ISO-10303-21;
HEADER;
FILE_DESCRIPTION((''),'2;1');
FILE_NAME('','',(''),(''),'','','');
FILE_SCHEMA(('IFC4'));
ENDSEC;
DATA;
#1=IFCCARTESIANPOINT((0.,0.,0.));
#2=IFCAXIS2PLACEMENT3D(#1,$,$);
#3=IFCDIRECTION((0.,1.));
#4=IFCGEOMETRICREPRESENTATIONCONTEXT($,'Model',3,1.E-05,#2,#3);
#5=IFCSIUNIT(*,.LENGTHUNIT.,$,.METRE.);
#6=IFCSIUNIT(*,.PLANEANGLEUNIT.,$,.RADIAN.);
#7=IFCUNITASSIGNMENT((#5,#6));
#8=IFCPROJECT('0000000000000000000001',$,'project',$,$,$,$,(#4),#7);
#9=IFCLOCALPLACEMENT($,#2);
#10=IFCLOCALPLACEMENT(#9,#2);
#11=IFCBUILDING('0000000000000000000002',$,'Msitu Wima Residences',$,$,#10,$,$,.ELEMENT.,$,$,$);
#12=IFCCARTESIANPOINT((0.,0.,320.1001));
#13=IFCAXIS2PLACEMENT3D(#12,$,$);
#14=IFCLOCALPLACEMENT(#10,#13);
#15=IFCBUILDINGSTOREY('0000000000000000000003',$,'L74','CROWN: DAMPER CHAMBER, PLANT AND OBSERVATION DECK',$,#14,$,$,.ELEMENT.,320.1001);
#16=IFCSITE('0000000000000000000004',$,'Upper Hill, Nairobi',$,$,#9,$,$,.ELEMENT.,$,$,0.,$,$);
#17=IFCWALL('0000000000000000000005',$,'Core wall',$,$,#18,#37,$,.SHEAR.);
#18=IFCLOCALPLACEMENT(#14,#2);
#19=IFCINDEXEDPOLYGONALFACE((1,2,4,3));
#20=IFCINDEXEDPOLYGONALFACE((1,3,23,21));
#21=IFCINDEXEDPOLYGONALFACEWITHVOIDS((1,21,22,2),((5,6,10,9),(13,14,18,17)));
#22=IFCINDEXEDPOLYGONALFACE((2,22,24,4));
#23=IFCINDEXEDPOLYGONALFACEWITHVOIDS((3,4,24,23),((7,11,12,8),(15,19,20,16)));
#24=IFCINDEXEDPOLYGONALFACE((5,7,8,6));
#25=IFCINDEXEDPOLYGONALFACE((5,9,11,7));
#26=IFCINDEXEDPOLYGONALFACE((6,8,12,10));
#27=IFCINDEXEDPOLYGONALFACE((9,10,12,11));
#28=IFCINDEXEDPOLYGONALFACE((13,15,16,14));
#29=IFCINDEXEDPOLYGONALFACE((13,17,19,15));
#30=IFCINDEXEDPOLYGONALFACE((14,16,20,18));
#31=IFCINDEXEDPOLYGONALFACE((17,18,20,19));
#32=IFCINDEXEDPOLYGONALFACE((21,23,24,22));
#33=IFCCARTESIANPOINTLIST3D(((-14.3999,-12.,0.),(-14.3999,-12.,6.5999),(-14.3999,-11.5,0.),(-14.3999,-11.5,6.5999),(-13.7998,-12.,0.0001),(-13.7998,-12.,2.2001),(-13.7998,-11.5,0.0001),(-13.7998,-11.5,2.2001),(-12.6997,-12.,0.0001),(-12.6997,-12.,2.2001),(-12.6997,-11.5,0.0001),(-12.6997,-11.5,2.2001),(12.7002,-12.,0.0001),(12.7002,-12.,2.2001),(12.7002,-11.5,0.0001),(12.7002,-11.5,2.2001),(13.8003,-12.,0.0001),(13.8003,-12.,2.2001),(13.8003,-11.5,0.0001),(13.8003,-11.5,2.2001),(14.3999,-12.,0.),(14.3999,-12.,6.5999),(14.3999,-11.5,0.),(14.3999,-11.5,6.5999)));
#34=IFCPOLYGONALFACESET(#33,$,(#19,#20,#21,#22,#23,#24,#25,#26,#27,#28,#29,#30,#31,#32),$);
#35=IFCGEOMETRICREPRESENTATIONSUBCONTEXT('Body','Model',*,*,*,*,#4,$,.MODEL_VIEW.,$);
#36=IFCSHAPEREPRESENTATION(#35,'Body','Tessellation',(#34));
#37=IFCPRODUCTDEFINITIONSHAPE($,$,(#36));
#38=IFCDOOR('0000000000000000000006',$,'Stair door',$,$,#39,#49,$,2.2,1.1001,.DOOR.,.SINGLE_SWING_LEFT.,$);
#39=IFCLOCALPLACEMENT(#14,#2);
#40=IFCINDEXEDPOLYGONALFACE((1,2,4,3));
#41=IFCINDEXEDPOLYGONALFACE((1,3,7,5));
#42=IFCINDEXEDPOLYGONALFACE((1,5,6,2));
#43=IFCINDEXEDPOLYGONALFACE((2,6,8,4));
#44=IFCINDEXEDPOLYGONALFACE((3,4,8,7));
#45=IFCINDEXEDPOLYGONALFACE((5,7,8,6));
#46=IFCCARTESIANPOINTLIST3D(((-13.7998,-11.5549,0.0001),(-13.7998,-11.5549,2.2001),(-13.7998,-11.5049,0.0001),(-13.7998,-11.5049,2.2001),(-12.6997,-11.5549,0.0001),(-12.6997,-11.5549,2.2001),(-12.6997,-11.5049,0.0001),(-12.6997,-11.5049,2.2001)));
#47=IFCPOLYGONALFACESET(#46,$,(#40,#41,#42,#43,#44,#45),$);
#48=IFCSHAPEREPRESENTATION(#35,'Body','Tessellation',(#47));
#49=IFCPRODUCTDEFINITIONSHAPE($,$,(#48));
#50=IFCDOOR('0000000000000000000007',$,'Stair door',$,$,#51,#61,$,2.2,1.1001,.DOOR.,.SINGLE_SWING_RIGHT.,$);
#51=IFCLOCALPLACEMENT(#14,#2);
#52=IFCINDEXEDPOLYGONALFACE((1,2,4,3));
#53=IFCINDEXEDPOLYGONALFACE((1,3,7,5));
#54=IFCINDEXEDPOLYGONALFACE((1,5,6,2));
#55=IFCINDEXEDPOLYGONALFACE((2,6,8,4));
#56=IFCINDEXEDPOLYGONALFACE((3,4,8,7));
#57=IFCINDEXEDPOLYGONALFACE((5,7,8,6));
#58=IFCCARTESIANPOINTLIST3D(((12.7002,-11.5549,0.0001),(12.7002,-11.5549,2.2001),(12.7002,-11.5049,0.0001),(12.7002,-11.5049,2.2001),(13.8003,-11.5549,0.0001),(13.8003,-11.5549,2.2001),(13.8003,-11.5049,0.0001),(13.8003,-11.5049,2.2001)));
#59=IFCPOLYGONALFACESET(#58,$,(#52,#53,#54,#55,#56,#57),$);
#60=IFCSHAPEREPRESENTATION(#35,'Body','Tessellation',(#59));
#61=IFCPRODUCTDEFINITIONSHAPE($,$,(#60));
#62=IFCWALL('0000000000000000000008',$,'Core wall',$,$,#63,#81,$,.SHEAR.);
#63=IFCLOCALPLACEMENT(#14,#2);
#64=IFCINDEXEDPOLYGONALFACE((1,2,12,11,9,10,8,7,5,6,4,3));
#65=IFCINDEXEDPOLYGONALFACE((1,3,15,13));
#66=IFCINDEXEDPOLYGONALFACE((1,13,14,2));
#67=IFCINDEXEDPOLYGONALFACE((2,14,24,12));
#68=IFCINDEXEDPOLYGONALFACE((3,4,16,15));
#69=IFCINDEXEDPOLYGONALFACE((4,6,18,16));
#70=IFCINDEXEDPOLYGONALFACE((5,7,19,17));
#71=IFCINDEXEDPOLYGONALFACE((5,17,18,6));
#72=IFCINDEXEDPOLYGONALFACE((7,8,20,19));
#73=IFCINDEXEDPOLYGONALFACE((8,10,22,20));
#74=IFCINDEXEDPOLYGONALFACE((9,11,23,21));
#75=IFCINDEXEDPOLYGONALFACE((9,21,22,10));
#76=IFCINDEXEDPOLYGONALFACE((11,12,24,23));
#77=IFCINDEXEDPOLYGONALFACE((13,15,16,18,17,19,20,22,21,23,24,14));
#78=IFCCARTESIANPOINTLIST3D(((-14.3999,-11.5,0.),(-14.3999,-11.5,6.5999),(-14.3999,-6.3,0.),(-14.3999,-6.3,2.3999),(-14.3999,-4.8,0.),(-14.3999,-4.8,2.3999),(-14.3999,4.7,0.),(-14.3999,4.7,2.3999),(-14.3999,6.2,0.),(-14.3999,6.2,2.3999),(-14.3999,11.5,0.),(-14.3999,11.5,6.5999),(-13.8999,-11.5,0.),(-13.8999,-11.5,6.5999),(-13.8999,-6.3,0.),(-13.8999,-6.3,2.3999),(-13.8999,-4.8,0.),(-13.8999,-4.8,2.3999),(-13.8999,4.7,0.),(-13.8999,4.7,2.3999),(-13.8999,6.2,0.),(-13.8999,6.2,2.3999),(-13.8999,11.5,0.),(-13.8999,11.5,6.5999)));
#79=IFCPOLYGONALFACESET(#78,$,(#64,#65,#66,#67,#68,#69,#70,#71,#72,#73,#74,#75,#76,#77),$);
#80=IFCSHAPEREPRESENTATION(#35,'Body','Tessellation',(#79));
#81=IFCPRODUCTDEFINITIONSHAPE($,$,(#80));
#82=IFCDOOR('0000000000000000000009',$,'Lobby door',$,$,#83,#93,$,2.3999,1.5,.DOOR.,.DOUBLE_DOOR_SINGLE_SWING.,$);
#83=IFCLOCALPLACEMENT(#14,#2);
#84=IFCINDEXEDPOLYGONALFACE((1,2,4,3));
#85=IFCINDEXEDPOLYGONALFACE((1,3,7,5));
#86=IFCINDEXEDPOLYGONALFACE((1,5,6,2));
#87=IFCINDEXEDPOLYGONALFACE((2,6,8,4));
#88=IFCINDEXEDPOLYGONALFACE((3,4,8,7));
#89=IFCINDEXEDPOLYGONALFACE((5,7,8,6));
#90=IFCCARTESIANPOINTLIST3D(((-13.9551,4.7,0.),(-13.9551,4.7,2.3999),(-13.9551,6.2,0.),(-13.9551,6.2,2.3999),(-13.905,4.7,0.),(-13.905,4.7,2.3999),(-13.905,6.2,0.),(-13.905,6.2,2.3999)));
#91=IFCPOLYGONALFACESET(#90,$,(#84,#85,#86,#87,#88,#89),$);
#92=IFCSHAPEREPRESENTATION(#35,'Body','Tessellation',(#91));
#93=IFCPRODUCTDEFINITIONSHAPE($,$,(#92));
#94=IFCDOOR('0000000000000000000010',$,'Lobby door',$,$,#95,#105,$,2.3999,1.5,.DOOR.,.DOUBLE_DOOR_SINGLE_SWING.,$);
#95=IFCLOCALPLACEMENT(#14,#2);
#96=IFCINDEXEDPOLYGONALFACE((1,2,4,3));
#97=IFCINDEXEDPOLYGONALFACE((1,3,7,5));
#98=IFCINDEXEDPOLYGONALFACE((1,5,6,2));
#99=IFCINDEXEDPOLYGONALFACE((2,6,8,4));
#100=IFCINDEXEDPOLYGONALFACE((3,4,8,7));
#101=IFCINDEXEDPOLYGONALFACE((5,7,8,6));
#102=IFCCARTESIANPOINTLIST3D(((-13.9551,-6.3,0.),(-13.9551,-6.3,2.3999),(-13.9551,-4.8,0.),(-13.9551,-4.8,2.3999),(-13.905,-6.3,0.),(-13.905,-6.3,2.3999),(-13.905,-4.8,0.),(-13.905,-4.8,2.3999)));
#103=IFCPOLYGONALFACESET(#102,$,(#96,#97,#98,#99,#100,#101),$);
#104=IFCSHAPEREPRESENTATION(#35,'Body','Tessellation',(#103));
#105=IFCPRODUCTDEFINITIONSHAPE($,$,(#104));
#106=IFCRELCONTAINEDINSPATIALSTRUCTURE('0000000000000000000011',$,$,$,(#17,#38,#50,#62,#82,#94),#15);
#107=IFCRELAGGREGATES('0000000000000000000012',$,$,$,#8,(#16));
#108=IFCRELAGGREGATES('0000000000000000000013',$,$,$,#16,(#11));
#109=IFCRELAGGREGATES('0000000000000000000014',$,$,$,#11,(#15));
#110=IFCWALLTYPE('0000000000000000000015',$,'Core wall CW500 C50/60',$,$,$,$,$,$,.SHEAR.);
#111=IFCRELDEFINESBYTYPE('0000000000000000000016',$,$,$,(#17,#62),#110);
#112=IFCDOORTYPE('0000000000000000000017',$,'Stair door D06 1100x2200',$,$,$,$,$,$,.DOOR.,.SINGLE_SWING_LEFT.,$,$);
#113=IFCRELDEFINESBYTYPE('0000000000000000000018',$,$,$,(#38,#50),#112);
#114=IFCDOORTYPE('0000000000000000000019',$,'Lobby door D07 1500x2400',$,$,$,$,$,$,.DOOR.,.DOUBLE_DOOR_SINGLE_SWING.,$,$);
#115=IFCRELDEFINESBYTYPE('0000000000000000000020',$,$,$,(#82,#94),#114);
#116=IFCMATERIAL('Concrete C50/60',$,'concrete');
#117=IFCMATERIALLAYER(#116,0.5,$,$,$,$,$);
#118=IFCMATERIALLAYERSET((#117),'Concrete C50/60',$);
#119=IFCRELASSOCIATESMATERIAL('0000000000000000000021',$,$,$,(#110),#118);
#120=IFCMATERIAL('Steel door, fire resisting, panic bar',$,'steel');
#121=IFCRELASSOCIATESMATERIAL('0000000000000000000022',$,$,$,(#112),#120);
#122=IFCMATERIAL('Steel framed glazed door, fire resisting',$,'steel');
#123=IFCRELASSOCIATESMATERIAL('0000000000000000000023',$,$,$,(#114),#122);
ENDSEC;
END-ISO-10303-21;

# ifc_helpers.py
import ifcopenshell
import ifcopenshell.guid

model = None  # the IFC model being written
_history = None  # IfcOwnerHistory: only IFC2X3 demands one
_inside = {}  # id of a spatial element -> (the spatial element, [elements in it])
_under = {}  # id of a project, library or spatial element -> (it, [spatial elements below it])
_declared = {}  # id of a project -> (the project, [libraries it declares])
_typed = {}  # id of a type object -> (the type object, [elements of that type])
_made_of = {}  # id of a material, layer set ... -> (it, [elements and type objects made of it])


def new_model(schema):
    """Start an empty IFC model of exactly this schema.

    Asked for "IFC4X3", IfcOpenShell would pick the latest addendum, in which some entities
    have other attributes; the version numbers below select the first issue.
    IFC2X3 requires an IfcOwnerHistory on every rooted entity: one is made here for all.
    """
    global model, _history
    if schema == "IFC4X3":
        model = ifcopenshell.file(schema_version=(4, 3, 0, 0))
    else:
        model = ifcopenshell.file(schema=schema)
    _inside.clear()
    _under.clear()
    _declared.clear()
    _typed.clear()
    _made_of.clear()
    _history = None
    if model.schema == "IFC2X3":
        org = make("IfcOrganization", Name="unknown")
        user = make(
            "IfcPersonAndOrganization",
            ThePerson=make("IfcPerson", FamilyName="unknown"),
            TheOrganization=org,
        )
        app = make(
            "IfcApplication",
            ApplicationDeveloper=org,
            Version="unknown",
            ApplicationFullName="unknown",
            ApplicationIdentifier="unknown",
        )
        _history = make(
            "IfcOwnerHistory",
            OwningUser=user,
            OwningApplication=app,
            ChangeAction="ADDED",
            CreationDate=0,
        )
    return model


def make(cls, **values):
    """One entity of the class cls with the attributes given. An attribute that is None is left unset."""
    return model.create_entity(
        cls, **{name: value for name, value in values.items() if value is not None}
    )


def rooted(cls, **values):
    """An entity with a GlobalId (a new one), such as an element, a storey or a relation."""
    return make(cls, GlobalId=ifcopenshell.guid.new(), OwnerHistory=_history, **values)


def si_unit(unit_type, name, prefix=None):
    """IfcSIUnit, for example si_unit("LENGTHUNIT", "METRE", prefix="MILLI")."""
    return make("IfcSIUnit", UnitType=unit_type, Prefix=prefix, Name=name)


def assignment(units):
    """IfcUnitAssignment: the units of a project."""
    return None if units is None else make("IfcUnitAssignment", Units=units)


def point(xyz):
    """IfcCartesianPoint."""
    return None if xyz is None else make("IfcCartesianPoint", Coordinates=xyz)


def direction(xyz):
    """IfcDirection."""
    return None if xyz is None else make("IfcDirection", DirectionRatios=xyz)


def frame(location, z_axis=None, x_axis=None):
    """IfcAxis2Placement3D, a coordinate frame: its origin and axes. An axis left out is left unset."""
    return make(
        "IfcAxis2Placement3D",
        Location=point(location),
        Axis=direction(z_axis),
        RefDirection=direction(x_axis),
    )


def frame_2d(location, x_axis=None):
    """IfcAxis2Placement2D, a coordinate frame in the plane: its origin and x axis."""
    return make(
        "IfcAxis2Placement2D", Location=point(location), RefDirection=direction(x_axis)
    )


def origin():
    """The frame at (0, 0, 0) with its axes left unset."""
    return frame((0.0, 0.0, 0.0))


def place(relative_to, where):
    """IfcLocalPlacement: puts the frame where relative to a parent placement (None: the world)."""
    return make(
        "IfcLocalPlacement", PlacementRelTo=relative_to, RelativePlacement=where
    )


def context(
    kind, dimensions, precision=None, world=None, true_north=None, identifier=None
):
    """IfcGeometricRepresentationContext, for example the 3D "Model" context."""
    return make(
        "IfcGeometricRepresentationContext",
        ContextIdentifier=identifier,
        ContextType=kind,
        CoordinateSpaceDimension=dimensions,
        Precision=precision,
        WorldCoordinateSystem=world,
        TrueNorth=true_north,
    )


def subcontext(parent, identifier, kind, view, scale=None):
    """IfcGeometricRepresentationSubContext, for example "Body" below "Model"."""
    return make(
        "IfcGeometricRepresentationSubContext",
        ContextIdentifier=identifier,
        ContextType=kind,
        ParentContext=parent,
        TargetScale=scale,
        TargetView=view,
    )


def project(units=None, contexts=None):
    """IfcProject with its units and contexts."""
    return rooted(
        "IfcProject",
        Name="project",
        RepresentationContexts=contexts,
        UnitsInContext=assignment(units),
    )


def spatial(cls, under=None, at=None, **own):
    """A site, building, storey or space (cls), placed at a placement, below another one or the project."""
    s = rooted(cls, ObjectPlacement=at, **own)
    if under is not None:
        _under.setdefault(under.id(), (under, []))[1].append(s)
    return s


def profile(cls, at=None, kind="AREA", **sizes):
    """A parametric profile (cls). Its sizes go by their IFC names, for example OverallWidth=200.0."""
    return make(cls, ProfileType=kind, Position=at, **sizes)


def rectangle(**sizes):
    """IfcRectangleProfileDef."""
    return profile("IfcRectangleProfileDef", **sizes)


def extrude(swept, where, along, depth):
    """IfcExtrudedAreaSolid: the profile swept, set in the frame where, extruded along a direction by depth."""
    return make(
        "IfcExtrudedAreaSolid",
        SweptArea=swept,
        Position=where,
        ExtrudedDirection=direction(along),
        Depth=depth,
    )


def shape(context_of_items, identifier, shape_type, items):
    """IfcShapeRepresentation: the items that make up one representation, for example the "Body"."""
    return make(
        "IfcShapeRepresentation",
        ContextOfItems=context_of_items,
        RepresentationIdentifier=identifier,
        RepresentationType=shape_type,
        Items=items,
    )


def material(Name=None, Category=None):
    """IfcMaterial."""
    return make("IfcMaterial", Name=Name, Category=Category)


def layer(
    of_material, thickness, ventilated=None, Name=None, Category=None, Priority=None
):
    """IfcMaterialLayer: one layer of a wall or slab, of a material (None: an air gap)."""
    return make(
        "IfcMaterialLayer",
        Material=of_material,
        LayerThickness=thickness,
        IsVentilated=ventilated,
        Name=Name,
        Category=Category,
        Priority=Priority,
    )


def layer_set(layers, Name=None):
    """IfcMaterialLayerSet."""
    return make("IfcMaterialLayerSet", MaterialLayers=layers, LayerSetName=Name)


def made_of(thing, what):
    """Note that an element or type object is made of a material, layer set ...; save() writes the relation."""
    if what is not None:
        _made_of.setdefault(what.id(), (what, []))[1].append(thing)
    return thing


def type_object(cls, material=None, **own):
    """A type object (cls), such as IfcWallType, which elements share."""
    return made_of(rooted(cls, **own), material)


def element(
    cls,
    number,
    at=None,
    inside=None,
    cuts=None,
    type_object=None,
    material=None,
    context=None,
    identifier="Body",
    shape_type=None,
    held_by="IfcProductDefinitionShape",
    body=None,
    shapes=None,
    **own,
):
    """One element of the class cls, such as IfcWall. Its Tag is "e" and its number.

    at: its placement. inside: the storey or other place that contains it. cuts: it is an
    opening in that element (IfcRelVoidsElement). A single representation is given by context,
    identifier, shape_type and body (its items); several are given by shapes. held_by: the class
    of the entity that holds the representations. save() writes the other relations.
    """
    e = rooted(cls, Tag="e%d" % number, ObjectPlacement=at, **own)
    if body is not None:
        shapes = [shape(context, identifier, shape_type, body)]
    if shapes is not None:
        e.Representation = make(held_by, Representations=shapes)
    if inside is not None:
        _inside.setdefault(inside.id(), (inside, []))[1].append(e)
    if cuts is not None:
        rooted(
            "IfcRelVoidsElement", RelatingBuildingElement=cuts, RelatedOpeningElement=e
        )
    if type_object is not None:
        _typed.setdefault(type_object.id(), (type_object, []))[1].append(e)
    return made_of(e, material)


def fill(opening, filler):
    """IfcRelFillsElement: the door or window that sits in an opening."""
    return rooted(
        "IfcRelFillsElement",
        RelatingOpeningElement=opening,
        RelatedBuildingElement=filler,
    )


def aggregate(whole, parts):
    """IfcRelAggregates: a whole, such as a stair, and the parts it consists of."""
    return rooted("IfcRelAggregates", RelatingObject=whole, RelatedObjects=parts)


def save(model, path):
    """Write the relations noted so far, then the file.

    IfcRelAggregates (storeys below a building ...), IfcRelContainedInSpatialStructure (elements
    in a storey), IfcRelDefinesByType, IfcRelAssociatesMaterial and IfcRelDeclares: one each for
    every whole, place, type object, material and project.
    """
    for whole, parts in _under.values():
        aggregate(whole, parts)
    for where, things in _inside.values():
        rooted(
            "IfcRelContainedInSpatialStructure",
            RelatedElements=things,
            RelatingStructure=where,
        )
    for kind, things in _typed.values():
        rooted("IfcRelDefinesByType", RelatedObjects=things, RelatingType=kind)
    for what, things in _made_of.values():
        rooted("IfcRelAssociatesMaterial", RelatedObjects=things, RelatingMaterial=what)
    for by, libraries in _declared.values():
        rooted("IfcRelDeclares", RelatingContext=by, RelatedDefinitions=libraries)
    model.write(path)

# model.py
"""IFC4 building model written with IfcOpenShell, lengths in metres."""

from ifc_helpers import new_model, si_unit, direction, frame, frame_2d, origin, place, context, subcontext, project, spatial, rectangle, extrude, material, layer, layer_set, type_object, element, fill, save


model = new_model("IFC4")

# Units and contexts
model_context = context("Model", 3, precision=1e-05, world=origin(), true_north=direction((0.0, 1.0)))
body_context = subcontext(model_context, "Body", "Model", "MODEL_VIEW")
ifc_project = project(units=[si_unit("LENGTHUNIT", "METRE"), si_unit("PLANEANGLEUNIT", "RADIAN")], contexts=[model_context])

# Site, building, storey
site_placement = place(None, origin())
site = spatial("IfcSite", under=ifc_project, at=site_placement, Name="Upper Hill, Nairobi", CompositionType="ELEMENT", RefElevation=0.0)
building_placement = place(site_placement, origin())
building = spatial("IfcBuilding", under=site, at=building_placement, Name="Msitu Wima Residences", CompositionType="ELEMENT")
storey_placement = place(building_placement, frame((0.0, 0.0, 320.1001)))
storey = spatial("IfcBuildingStorey", under=building, at=storey_placement, Name="L74", Description="CROWN: DAMPER CHAMBER, PLANT AND OBSERVATION DECK", CompositionType="ELEMENT", Elevation=320.1001)

# Walls, openings, doors
ifc_material_1 = material(Name="Concrete C50/60", Category="concrete")
ifc_layer_1 = layer(ifc_material_1, 0.5)
ifc_layer_set_1 = layer_set([ifc_layer_1], Name="Concrete C50/60")
wall_type_1 = type_object("IfcWallType", Name="Core wall CW500 C50/60", PredefinedType="SHEAR", material=ifc_layer_set_1)
wall_1_placement = place(storey_placement, frame((-14.3999, -11.75, 0.0), z_axis=(0.0, 0.0, 1.0), x_axis=(1.0, 0.0, 0.0)))
wall_1 = element("IfcWall", 1, at=wall_1_placement, inside=storey, type_object=wall_type_1, Name="Core wall", PredefinedType="SHEAR", context=body_context, shape_type="SweptSolid", body=[
    extrude(rectangle(XDim=28.7998, YDim=0.5, at=frame_2d((14.3999, 0.0))), origin(), (0.0, 0.0, 1.0), 6.5999),
])
opening_1_placement = place(wall_1_placement, frame((0.6001, 0.0, 0.0)))
opening_1 = element("IfcOpeningElement", 2, at=opening_1_placement, cuts=wall_1, PredefinedType="OPENING", context=body_context, shape_type="SweptSolid", body=[
    extrude(rectangle(XDim=1.1001, YDim=2.2, at=frame_2d((0.55, 1.1001))), frame((0.0, 0.26, 0.0), z_axis=(0.0, -1.0, 0.0), x_axis=(1.0, 0.0, 0.0)), (0.0, 0.0, 1.0), 0.52),
])
opening_2_placement = place(wall_1_placement, frame((27.1001, 0.0, 0.0)))
opening_2 = element("IfcOpeningElement", 3, at=opening_2_placement, cuts=wall_1, PredefinedType="OPENING", context=body_context, shape_type="SweptSolid", body=[
    extrude(rectangle(XDim=1.1001, YDim=2.2, at=frame_2d((0.55, 1.1001))), frame((0.0, 0.26, 0.0), z_axis=(0.0, -1.0, 0.0), x_axis=(1.0, 0.0, 0.0)), (0.0, 0.0, 1.0), 0.52),
])
ifc_material_2 = material(Name="Steel door, fire resisting, panic bar", Category="steel")
door_type_1 = type_object("IfcDoorType", Name="Stair door D06 1100x2200", OperationType="SINGLE_SWING_LEFT", PredefinedType="DOOR", material=ifc_material_2)
door_1_placement = place(opening_1_placement, origin())
door_1 = element("IfcDoor", 4, at=door_1_placement, inside=storey, type_object=door_type_1, Name="Stair door", OperationType="SINGLE_SWING_LEFT", OverallHeight=2.2, OverallWidth=1.1001, PredefinedType="DOOR", context=body_context, shape_type="SweptSolid", body=[
    extrude(rectangle(XDim=1.1001, YDim=2.2, at=frame_2d((0.55, 1.1001))), frame((0.0, 0.2451, 0.0), z_axis=(0.0, -1.0, 0.0), x_axis=(1.0, 0.0, 0.0)), (0.0, 0.0, 1.0), 0.05),
])
fill(opening_1, door_1)
door_2_placement = place(opening_2_placement, origin())
door_2 = element("IfcDoor", 5, at=door_2_placement, inside=storey, type_object=door_type_1, Name="Stair door", OperationType="SINGLE_SWING_RIGHT", OverallHeight=2.2, OverallWidth=1.1001, PredefinedType="DOOR", context=body_context, shape_type="SweptSolid", body=[
    extrude(rectangle(XDim=1.1001, YDim=2.2, at=frame_2d((0.55, 1.1001))), frame((0.0, 0.2451, 0.0), z_axis=(0.0, -1.0, 0.0), x_axis=(1.0, 0.0, 0.0)), (0.0, 0.0, 1.0), 0.05),
])
fill(opening_2, door_2)
wall_2_placement = place(storey_placement, frame((-14.1499, -11.5, 0.0), z_axis=(0.0, 0.0, 1.0), x_axis=(0.0, 1.0, 0.0)))
wall_2 = element("IfcWall", 6, at=wall_2_placement, inside=storey, type_object=wall_type_1, Name="Core wall", PredefinedType="SHEAR", context=body_context, shape_type="SweptSolid", body=[
    extrude(rectangle(XDim=23.0, YDim=0.5, at=frame_2d((11.5, 0.0))), origin(), (0.0, 0.0, 1.0), 6.5999),
])
opening_3_placement = place(wall_2_placement, frame((16.2, 0.0, 0.0)))
opening_3 = element("IfcOpeningElement", 7, at=opening_3_placement, cuts=wall_2, PredefinedType="OPENING", context=body_context, shape_type="SweptSolid", body=[
    extrude(rectangle(XDim=1.5, YDim=2.3999, at=frame_2d((0.75, 1.2))), frame((0.0, 0.26, 0.0), z_axis=(0.0, -1.0, 0.0), x_axis=(1.0, 0.0, 0.0)), (0.0, 0.0, 1.0), 0.52),
])
opening_4_placement = place(wall_2_placement, frame((5.2, 0.0, 0.0)))
opening_4 = element("IfcOpeningElement", 8, at=opening_4_placement, cuts=wall_2, PredefinedType="OPENING", context=body_context, shape_type="SweptSolid", body=[
    extrude(rectangle(XDim=1.5, YDim=2.3999, at=frame_2d((0.75, 1.2))), frame((0.0, 0.26, 0.0), z_axis=(0.0, -1.0, 0.0), x_axis=(1.0, 0.0, 0.0)), (0.0, 0.0, 1.0), 0.52),
])
ifc_material_3 = material(Name="Steel framed glazed door, fire resisting", Category="steel")
door_type_2 = type_object("IfcDoorType", Name="Lobby door D07 1500x2400", OperationType="DOUBLE_DOOR_SINGLE_SWING", PredefinedType="DOOR", material=ifc_material_3)
door_3_placement = place(opening_3_placement, origin())
door_3 = element("IfcDoor", 9, at=door_3_placement, inside=storey, type_object=door_type_2, Name="Lobby door", OperationType="DOUBLE_DOOR_SINGLE_SWING", OverallHeight=2.3999, OverallWidth=1.5, PredefinedType="DOOR", context=body_context, shape_type="SweptSolid", body=[
    extrude(rectangle(XDim=1.5, YDim=2.3999, at=frame_2d((0.75, 1.2))), frame((0.0, -0.1948, 0.0), z_axis=(0.0, -1.0, 0.0), x_axis=(1.0, 0.0, 0.0)), (0.0, 0.0, 1.0), 0.05),
])
fill(opening_3, door_3)
door_4_placement = place(opening_4_placement, origin())
door_4 = element("IfcDoor", 10, at=door_4_placement, inside=storey, type_object=door_type_2, Name="Lobby door", OperationType="DOUBLE_DOOR_SINGLE_SWING", OverallHeight=2.3999, OverallWidth=1.5, PredefinedType="DOOR", context=body_context, shape_type="SweptSolid", body=[
    extrude(rectangle(XDim=1.5, YDim=2.3999, at=frame_2d((0.75, 1.2))), frame((0.0, -0.1948, 0.0), z_axis=(0.0, -1.0, 0.0), x_axis=(1.0, 0.0, 0.0)), (0.0, 0.0, 1.0), 0.05),
])
fill(opening_4, door_4)

save(model, "model.ifc")
